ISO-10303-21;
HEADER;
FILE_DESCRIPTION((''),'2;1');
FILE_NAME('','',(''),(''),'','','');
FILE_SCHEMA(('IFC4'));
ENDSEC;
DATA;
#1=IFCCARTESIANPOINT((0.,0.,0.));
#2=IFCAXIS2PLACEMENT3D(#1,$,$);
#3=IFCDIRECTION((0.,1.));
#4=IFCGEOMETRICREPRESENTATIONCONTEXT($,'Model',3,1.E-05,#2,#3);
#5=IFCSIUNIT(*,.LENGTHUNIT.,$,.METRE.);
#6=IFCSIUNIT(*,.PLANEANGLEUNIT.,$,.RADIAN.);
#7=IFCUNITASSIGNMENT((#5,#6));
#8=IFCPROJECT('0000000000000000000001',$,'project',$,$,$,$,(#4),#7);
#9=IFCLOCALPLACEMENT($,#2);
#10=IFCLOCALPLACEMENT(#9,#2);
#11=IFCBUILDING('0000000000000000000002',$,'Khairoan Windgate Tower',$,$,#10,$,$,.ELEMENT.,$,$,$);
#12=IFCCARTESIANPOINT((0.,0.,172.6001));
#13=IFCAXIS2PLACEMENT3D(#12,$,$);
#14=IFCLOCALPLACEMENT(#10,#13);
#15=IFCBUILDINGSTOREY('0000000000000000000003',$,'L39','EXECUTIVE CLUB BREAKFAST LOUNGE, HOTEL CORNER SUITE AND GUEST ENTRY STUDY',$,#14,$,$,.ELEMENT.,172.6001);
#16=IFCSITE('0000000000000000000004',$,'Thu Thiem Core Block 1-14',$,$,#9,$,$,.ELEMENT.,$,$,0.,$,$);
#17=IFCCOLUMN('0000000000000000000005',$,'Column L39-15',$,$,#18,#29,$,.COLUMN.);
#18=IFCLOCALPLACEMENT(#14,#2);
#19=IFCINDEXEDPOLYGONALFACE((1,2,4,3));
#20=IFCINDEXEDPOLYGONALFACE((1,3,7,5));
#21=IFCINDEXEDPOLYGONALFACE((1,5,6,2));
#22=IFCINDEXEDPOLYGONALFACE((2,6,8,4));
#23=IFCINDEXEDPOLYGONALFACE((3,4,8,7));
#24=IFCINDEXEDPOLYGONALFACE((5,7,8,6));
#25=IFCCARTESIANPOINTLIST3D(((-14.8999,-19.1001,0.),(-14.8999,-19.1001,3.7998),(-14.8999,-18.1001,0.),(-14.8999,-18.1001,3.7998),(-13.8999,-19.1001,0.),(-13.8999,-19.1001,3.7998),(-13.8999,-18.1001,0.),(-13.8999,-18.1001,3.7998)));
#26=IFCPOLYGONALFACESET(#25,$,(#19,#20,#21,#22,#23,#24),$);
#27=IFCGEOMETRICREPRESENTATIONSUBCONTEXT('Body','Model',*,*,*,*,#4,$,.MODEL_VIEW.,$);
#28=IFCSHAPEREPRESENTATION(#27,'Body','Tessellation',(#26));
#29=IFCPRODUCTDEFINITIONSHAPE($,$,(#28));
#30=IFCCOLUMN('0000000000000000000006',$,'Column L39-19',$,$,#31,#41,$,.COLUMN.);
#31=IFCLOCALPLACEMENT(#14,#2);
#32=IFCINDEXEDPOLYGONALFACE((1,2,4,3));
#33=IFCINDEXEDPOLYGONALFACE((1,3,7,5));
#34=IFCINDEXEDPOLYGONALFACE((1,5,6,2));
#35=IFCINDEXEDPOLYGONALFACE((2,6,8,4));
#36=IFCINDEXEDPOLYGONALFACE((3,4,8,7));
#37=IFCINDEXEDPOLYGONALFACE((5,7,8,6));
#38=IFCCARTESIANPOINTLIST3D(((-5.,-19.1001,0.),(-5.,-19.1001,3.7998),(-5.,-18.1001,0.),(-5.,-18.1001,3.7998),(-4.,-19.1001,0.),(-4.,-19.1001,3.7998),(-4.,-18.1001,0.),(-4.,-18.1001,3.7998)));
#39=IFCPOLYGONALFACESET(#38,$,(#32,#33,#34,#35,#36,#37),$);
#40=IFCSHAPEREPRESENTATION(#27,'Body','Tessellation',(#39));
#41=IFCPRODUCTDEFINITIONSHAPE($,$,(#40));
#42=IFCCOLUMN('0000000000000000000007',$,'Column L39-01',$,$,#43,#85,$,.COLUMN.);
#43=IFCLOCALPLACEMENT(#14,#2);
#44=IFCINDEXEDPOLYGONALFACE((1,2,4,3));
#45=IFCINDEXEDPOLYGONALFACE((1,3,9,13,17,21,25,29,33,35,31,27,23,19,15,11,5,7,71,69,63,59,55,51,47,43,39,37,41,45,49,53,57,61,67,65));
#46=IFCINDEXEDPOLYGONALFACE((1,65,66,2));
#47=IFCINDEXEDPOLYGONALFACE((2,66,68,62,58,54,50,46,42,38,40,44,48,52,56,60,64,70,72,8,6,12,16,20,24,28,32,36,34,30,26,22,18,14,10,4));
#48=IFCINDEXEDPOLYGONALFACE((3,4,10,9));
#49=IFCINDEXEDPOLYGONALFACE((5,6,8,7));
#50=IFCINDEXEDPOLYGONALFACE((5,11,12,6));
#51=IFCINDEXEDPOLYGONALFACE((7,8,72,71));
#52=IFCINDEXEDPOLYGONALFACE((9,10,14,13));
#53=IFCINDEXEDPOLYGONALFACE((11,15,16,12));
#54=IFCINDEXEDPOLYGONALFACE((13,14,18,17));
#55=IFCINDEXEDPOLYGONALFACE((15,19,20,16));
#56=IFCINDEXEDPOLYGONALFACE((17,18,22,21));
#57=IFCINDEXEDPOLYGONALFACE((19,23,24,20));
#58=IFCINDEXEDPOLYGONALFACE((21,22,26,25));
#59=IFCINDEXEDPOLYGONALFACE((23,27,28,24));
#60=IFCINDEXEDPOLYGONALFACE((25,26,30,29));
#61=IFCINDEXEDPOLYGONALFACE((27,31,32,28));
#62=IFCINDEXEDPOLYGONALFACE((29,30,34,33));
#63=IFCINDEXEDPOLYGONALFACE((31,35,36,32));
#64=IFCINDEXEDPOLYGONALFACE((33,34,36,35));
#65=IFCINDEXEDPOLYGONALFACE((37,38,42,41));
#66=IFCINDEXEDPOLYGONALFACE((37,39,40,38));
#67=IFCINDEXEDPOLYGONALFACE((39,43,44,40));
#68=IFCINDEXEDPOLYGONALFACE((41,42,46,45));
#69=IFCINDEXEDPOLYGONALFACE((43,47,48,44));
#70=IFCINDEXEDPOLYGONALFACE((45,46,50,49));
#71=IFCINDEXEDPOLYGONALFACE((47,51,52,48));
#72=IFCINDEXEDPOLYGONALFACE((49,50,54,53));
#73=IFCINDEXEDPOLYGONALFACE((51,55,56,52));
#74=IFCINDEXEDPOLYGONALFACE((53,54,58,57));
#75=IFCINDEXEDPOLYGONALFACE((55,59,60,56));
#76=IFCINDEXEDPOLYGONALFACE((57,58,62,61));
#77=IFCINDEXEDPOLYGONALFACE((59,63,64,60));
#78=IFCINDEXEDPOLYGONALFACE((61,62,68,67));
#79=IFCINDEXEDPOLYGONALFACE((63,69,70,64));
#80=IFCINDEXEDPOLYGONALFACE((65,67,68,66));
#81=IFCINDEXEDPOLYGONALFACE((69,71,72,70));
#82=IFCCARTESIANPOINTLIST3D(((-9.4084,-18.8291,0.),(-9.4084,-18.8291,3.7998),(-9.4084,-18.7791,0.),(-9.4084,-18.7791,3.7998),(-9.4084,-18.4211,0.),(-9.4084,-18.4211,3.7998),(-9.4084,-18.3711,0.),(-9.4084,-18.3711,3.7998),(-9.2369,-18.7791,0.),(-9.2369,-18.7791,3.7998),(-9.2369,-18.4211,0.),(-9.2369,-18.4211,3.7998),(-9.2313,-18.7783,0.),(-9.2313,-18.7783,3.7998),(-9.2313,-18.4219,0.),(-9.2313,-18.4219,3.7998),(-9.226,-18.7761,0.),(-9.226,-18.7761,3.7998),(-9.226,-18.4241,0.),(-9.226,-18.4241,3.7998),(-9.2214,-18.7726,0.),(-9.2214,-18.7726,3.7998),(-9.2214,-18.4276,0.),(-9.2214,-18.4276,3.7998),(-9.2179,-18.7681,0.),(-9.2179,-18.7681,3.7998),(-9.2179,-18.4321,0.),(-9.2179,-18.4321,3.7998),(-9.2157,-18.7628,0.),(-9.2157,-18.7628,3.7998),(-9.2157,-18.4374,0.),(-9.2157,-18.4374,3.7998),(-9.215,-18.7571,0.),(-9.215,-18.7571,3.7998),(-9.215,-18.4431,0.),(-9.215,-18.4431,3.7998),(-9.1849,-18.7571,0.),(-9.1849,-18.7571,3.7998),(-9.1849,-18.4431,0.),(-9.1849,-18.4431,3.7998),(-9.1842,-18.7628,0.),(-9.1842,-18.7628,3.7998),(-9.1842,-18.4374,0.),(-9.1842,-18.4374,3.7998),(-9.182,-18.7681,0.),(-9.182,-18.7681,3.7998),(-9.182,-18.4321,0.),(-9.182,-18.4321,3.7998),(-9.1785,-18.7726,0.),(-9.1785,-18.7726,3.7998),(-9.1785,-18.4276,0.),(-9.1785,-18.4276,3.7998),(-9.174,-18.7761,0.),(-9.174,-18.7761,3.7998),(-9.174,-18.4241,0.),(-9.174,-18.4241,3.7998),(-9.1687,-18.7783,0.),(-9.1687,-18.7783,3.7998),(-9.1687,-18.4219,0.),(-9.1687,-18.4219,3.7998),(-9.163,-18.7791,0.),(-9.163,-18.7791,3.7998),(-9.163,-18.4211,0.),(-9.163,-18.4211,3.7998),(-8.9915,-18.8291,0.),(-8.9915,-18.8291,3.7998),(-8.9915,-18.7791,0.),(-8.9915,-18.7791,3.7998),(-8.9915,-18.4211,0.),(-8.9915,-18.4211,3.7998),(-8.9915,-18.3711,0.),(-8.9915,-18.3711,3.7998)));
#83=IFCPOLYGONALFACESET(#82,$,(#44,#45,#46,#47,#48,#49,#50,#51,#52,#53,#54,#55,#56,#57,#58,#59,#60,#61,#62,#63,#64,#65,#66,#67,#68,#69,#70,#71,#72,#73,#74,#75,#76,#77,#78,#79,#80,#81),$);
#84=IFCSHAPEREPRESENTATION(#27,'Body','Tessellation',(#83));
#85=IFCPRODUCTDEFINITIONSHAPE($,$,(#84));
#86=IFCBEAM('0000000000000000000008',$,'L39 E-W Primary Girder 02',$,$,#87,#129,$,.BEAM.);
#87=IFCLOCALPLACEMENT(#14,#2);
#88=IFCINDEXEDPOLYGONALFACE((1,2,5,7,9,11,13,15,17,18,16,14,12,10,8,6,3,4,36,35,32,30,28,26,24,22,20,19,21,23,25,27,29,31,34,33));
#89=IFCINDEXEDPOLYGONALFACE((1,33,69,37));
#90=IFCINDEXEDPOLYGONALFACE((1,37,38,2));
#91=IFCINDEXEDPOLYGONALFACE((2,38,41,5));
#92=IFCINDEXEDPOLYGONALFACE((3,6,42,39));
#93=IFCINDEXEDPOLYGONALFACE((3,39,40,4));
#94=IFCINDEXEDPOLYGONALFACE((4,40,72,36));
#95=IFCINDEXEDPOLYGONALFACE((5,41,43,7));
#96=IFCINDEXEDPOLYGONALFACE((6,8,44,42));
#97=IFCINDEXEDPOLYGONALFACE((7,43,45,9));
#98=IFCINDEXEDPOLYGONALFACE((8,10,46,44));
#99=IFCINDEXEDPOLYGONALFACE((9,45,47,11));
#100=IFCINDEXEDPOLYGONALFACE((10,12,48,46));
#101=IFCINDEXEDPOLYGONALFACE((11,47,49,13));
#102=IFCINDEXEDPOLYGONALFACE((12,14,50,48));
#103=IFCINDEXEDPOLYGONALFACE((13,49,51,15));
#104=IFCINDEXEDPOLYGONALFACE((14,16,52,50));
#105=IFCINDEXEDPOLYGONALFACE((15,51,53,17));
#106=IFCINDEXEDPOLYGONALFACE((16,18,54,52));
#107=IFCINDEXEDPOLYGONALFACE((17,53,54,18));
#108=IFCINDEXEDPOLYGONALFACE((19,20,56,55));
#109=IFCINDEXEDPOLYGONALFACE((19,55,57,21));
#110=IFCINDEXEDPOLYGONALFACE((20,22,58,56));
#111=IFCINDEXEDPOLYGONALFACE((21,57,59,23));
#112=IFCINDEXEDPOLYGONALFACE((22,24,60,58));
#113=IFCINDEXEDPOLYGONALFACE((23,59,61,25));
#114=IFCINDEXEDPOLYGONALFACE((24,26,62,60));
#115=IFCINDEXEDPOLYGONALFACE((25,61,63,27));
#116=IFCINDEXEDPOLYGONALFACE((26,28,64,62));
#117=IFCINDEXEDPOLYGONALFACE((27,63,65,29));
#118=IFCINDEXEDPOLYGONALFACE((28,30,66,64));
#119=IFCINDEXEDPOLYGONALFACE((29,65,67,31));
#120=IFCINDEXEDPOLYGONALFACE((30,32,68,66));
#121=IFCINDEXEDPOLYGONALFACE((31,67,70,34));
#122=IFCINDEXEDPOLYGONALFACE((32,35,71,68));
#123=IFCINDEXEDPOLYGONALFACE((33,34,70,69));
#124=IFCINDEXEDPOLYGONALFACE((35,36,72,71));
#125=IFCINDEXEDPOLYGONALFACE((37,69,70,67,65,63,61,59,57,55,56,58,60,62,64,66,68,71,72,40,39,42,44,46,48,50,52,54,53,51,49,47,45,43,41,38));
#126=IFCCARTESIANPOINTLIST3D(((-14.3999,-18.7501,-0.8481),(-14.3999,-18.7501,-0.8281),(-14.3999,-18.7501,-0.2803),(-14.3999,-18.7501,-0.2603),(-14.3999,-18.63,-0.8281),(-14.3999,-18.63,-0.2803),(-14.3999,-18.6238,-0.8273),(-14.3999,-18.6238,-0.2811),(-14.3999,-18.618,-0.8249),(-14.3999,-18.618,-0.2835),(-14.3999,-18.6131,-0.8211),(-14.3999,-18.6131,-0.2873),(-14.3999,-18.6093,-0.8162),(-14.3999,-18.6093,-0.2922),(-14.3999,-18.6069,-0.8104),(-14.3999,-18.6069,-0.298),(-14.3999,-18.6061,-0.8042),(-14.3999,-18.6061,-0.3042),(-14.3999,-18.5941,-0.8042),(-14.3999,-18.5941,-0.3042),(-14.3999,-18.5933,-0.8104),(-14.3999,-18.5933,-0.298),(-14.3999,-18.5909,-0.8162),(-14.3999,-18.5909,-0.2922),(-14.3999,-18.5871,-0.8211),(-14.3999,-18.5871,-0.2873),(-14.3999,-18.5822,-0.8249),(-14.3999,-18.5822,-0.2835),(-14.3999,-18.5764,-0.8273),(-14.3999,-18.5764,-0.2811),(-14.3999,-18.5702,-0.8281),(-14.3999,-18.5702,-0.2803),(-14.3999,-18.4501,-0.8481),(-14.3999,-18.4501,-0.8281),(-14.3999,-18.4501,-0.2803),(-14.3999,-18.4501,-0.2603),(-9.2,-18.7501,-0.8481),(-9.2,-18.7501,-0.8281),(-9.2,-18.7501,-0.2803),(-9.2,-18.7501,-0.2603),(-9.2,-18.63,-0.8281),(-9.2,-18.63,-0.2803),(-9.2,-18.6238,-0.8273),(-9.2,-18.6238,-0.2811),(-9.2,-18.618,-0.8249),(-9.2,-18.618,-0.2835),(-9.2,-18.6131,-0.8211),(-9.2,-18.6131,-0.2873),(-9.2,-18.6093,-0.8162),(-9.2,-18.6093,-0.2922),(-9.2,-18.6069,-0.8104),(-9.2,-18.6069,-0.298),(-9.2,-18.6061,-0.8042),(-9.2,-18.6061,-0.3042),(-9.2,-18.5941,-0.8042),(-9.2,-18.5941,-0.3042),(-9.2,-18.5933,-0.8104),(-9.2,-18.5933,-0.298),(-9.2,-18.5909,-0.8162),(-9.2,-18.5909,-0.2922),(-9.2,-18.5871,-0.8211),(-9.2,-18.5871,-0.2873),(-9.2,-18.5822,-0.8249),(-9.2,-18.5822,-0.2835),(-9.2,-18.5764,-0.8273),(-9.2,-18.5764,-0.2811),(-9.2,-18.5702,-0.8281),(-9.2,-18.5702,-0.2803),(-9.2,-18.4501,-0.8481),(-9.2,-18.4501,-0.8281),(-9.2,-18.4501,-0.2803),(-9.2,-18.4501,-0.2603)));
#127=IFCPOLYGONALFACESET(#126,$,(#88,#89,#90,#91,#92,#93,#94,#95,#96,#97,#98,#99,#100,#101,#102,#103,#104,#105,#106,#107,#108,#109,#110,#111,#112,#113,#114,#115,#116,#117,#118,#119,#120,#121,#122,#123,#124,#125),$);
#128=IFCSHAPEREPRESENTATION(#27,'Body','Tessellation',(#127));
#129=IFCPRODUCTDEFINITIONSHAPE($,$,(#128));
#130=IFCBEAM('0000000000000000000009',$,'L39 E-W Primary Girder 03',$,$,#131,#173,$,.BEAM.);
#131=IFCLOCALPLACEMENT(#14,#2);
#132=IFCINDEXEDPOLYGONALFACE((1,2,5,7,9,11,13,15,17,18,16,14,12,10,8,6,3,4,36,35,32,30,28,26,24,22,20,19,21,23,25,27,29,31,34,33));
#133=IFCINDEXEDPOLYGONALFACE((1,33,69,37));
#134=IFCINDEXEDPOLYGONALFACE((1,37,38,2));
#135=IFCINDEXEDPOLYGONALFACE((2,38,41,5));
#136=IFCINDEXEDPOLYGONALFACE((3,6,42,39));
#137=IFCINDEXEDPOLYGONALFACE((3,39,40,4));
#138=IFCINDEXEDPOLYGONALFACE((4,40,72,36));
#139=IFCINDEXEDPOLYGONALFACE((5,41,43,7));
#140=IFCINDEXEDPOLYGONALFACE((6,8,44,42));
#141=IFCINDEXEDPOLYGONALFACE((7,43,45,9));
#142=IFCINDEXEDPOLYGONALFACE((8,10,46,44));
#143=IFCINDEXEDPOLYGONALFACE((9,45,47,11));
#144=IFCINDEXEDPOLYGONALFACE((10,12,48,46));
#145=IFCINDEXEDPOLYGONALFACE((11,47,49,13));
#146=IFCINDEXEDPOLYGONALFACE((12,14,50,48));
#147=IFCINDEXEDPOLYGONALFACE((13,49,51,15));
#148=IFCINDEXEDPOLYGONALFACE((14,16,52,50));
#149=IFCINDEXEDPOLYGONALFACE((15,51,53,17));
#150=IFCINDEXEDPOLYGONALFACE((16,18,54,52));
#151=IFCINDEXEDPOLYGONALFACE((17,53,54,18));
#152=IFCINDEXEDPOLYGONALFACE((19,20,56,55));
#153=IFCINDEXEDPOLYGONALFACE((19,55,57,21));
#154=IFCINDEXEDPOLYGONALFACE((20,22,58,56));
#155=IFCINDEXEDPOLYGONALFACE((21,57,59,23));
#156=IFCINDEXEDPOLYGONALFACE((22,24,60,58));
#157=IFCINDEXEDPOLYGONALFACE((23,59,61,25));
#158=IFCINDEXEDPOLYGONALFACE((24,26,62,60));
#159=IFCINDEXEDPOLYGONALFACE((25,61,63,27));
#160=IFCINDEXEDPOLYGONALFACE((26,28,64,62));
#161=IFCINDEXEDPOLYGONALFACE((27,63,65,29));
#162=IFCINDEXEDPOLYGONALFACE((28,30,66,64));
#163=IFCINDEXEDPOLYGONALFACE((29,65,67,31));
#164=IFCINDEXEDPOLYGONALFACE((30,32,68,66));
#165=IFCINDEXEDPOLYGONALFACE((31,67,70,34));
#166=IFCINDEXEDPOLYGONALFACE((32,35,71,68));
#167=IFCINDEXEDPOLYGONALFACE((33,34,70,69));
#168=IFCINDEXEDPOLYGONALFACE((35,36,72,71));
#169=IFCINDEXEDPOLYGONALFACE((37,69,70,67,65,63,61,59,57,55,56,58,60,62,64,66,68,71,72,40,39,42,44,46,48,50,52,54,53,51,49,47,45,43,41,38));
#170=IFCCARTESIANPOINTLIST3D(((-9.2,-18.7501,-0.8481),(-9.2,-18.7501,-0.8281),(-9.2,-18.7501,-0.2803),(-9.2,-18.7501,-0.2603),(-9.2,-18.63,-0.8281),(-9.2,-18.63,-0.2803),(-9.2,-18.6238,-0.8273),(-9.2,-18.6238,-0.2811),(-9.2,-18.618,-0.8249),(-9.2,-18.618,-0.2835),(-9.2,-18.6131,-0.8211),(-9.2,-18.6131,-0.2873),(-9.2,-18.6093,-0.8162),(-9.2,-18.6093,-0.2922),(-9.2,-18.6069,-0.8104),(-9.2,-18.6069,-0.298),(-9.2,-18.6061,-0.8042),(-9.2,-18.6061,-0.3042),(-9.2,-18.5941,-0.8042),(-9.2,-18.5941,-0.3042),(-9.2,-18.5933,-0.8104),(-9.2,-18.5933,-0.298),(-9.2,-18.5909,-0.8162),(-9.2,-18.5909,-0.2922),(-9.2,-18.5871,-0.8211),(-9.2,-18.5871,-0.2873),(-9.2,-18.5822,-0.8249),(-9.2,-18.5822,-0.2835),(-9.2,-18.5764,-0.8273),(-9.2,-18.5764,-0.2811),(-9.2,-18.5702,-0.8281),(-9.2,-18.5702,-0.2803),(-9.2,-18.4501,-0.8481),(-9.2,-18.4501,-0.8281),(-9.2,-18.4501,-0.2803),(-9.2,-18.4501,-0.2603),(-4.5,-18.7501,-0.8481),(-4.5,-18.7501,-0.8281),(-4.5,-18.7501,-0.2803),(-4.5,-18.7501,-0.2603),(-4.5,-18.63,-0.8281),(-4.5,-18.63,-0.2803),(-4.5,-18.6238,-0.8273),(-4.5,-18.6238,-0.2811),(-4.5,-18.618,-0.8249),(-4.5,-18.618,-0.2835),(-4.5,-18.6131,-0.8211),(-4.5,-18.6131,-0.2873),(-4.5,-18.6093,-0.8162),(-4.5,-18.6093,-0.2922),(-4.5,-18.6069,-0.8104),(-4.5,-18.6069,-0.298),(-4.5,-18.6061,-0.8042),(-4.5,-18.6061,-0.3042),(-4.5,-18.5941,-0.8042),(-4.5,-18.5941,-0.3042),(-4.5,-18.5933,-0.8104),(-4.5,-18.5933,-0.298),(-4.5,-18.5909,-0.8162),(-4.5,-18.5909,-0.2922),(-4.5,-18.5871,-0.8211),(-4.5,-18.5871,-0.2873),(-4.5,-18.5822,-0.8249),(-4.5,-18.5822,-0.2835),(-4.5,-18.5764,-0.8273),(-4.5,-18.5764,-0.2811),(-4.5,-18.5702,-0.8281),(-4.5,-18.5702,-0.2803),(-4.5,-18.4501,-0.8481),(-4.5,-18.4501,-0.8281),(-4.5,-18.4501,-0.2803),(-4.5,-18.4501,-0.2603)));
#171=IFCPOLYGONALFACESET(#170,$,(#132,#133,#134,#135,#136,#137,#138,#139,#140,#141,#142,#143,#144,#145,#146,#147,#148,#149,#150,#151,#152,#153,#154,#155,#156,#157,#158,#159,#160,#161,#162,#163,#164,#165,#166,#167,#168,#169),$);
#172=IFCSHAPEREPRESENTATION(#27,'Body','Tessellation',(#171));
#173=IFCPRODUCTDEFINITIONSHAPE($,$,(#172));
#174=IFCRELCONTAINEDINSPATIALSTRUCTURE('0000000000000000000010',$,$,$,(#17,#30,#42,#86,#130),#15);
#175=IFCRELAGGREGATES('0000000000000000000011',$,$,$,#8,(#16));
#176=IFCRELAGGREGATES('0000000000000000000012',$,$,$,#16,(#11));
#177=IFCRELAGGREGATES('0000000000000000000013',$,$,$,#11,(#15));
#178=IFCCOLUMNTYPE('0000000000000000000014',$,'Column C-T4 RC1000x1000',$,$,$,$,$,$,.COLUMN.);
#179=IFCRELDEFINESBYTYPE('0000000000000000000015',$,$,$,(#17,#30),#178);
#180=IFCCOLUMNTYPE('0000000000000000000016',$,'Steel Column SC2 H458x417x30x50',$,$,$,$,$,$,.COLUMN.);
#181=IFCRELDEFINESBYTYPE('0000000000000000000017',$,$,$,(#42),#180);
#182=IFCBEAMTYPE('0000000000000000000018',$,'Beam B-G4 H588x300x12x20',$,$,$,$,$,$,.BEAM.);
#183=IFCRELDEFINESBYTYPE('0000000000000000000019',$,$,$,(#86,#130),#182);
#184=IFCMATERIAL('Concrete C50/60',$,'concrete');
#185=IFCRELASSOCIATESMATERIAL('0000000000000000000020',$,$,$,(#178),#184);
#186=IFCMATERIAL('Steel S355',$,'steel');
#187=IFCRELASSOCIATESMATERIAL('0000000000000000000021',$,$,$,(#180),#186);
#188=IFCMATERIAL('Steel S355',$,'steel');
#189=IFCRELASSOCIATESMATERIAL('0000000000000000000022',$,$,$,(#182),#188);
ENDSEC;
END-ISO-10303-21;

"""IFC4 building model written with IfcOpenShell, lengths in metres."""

from ifc_helpers import new_model, si_unit, direction, frame, origin, origin_2d, place, context, subcontext, project, spatial, rectangle, i_section, extrude, material, material_profile, profile_set, type_object, element, save


model = new_model("IFC4")

# Units and contexts
model_context = context("Model", 3, precision=1e-05, world=origin(), true_north=direction((0.0, 1.0)))
body_context = subcontext(model_context, "Body", "Model", "MODEL_VIEW")
ifc_project = project(units=[si_unit("LENGTHUNIT", "METRE"), si_unit("PLANEANGLEUNIT", "RADIAN")], contexts=[model_context])

# Site, building, storey
site_placement = place(None, origin())
site = spatial("IfcSite", under=ifc_project, at=site_placement, Name="Thu Thiem Core Block 1-14", CompositionType="ELEMENT", RefElevation=0.0)
building_placement = place(site_placement, origin())
building = spatial("IfcBuilding", under=site, at=building_placement, Name="Khairoan Windgate Tower", CompositionType="ELEMENT")
storey_placement = place(building_placement, frame((0.0, 0.0, 172.6001)))
storey = spatial("IfcBuildingStorey", under=building, at=storey_placement, Name="L39", Description="EXECUTIVE CLUB BREAKFAST LOUNGE, HOTEL CORNER SUITE AND GUEST ENTRY STUDY", CompositionType="ELEMENT", Elevation=172.6001)

# Columns
ifc_material_1 = material(Name="Concrete C50/60", Category="concrete")
ifc_material_profile_1 = material_profile(ifc_material_1, rectangle(XDim=1.0, YDim=1.0, at=origin_2d()))
ifc_profile_set_1 = profile_set([ifc_material_profile_1], Name="Concrete C50/60")
column_type_1 = type_object("IfcColumnType", Name="Column C-T4 RC1000x1000", PredefinedType="COLUMN", material=ifc_profile_set_1)
for number, where, z_axis, x_axis, name in (
    (1, (-14.3999, -18.6001, 0.0), (0.0, 0.0, 1.0), (1.0, 0.0, 0.0), "Column L39-15"),
    (2, (-4.5, -18.6001, 0.0), (0.0, 0.0, 1.0), (1.0, 0.0, 0.0), "Column L39-19"),
):
    element("IfcColumn", number, at=place(storey_placement, frame(where, z_axis=z_axis, x_axis=x_axis)), inside=storey, type_object=column_type_1, Name=name, PredefinedType="COLUMN", context=body_context, shape_type="SweptSolid", body=[
        extrude(rectangle(XDim=1.0, YDim=1.0, at=origin_2d()), origin(), (0.0, 0.0, 1.0), 3.7998),
    ])
ifc_material_2 = material(Name="Steel S355", Category="steel")
ifc_material_profile_2 = material_profile(ifc_material_2, i_section(OverallWidth=0.417, OverallDepth=0.458, WebThickness=0.03, FlangeThickness=0.05, FilletRadius=0.022, at=origin_2d()))
ifc_profile_set_2 = profile_set([ifc_material_profile_2], Name="Steel S355")
column_type_2 = type_object("IfcColumnType", Name="Steel Column SC2 H458x417x30x50", PredefinedType="COLUMN", material=ifc_profile_set_2)
column_placement = place(storey_placement, frame((-9.2, -18.6001, 0.0), z_axis=(0.0, 0.0, 1.0), x_axis=(1.0, 0.0, 0.0)))
element("IfcColumn", 3, at=column_placement, inside=storey, type_object=column_type_2, Name="Column L39-01", PredefinedType="COLUMN", context=body_context, shape_type="SweptSolid", body=[
    extrude(i_section(OverallWidth=0.417, OverallDepth=0.458, WebThickness=0.03, FlangeThickness=0.05, FilletRadius=0.022, at=origin_2d()), origin(), (0.0, 0.0, 1.0), 3.7998),
])

# Beams
ifc_material_3 = material(Name="Steel S355", Category="steel")
ifc_material_profile_3 = material_profile(ifc_material_3, i_section(OverallWidth=0.3, OverallDepth=0.5879, WebThickness=0.012, FlangeThickness=0.02, FilletRadius=0.0239, at=origin_2d()))
ifc_profile_set_3 = profile_set([ifc_material_profile_3], Name="Steel S355")
beam_type_1 = type_object("IfcBeamType", Name="Beam B-G4 H588x300x12x20", PredefinedType="BEAM", material=ifc_profile_set_3)
beam_1_placement = place(storey_placement, frame((-14.3999, -18.6001, -0.5542), z_axis=(1.0, 0.0, 0.0), x_axis=(0.0, 1.0, 0.0)))
element("IfcBeam", 4, at=beam_1_placement, inside=storey, type_object=beam_type_1, Name="L39 E-W Primary Girder 02", PredefinedType="BEAM", context=body_context, shape_type="SweptSolid", body=[
    extrude(i_section(OverallWidth=0.3, OverallDepth=0.5879, WebThickness=0.012, FlangeThickness=0.02, FilletRadius=0.0239, at=origin_2d()), origin(), (0.0, 0.0, 1.0), 5.2),
])
beam_2_placement = place(storey_placement, frame((-9.2, -18.6001, -0.5542), z_axis=(1.0, 0.0, 0.0), x_axis=(0.0, 1.0, 0.0)))
element("IfcBeam", 5, at=beam_2_placement, inside=storey, type_object=beam_type_1, Name="L39 E-W Primary Girder 03", PredefinedType="BEAM", context=body_context, shape_type="SweptSolid", body=[
    extrude(i_section(OverallWidth=0.3, OverallDepth=0.5879, WebThickness=0.012, FlangeThickness=0.02, FilletRadius=0.0239, at=origin_2d()), origin(), (0.0, 0.0, 1.0), 4.7),
])

save(model, "model.ifc")
